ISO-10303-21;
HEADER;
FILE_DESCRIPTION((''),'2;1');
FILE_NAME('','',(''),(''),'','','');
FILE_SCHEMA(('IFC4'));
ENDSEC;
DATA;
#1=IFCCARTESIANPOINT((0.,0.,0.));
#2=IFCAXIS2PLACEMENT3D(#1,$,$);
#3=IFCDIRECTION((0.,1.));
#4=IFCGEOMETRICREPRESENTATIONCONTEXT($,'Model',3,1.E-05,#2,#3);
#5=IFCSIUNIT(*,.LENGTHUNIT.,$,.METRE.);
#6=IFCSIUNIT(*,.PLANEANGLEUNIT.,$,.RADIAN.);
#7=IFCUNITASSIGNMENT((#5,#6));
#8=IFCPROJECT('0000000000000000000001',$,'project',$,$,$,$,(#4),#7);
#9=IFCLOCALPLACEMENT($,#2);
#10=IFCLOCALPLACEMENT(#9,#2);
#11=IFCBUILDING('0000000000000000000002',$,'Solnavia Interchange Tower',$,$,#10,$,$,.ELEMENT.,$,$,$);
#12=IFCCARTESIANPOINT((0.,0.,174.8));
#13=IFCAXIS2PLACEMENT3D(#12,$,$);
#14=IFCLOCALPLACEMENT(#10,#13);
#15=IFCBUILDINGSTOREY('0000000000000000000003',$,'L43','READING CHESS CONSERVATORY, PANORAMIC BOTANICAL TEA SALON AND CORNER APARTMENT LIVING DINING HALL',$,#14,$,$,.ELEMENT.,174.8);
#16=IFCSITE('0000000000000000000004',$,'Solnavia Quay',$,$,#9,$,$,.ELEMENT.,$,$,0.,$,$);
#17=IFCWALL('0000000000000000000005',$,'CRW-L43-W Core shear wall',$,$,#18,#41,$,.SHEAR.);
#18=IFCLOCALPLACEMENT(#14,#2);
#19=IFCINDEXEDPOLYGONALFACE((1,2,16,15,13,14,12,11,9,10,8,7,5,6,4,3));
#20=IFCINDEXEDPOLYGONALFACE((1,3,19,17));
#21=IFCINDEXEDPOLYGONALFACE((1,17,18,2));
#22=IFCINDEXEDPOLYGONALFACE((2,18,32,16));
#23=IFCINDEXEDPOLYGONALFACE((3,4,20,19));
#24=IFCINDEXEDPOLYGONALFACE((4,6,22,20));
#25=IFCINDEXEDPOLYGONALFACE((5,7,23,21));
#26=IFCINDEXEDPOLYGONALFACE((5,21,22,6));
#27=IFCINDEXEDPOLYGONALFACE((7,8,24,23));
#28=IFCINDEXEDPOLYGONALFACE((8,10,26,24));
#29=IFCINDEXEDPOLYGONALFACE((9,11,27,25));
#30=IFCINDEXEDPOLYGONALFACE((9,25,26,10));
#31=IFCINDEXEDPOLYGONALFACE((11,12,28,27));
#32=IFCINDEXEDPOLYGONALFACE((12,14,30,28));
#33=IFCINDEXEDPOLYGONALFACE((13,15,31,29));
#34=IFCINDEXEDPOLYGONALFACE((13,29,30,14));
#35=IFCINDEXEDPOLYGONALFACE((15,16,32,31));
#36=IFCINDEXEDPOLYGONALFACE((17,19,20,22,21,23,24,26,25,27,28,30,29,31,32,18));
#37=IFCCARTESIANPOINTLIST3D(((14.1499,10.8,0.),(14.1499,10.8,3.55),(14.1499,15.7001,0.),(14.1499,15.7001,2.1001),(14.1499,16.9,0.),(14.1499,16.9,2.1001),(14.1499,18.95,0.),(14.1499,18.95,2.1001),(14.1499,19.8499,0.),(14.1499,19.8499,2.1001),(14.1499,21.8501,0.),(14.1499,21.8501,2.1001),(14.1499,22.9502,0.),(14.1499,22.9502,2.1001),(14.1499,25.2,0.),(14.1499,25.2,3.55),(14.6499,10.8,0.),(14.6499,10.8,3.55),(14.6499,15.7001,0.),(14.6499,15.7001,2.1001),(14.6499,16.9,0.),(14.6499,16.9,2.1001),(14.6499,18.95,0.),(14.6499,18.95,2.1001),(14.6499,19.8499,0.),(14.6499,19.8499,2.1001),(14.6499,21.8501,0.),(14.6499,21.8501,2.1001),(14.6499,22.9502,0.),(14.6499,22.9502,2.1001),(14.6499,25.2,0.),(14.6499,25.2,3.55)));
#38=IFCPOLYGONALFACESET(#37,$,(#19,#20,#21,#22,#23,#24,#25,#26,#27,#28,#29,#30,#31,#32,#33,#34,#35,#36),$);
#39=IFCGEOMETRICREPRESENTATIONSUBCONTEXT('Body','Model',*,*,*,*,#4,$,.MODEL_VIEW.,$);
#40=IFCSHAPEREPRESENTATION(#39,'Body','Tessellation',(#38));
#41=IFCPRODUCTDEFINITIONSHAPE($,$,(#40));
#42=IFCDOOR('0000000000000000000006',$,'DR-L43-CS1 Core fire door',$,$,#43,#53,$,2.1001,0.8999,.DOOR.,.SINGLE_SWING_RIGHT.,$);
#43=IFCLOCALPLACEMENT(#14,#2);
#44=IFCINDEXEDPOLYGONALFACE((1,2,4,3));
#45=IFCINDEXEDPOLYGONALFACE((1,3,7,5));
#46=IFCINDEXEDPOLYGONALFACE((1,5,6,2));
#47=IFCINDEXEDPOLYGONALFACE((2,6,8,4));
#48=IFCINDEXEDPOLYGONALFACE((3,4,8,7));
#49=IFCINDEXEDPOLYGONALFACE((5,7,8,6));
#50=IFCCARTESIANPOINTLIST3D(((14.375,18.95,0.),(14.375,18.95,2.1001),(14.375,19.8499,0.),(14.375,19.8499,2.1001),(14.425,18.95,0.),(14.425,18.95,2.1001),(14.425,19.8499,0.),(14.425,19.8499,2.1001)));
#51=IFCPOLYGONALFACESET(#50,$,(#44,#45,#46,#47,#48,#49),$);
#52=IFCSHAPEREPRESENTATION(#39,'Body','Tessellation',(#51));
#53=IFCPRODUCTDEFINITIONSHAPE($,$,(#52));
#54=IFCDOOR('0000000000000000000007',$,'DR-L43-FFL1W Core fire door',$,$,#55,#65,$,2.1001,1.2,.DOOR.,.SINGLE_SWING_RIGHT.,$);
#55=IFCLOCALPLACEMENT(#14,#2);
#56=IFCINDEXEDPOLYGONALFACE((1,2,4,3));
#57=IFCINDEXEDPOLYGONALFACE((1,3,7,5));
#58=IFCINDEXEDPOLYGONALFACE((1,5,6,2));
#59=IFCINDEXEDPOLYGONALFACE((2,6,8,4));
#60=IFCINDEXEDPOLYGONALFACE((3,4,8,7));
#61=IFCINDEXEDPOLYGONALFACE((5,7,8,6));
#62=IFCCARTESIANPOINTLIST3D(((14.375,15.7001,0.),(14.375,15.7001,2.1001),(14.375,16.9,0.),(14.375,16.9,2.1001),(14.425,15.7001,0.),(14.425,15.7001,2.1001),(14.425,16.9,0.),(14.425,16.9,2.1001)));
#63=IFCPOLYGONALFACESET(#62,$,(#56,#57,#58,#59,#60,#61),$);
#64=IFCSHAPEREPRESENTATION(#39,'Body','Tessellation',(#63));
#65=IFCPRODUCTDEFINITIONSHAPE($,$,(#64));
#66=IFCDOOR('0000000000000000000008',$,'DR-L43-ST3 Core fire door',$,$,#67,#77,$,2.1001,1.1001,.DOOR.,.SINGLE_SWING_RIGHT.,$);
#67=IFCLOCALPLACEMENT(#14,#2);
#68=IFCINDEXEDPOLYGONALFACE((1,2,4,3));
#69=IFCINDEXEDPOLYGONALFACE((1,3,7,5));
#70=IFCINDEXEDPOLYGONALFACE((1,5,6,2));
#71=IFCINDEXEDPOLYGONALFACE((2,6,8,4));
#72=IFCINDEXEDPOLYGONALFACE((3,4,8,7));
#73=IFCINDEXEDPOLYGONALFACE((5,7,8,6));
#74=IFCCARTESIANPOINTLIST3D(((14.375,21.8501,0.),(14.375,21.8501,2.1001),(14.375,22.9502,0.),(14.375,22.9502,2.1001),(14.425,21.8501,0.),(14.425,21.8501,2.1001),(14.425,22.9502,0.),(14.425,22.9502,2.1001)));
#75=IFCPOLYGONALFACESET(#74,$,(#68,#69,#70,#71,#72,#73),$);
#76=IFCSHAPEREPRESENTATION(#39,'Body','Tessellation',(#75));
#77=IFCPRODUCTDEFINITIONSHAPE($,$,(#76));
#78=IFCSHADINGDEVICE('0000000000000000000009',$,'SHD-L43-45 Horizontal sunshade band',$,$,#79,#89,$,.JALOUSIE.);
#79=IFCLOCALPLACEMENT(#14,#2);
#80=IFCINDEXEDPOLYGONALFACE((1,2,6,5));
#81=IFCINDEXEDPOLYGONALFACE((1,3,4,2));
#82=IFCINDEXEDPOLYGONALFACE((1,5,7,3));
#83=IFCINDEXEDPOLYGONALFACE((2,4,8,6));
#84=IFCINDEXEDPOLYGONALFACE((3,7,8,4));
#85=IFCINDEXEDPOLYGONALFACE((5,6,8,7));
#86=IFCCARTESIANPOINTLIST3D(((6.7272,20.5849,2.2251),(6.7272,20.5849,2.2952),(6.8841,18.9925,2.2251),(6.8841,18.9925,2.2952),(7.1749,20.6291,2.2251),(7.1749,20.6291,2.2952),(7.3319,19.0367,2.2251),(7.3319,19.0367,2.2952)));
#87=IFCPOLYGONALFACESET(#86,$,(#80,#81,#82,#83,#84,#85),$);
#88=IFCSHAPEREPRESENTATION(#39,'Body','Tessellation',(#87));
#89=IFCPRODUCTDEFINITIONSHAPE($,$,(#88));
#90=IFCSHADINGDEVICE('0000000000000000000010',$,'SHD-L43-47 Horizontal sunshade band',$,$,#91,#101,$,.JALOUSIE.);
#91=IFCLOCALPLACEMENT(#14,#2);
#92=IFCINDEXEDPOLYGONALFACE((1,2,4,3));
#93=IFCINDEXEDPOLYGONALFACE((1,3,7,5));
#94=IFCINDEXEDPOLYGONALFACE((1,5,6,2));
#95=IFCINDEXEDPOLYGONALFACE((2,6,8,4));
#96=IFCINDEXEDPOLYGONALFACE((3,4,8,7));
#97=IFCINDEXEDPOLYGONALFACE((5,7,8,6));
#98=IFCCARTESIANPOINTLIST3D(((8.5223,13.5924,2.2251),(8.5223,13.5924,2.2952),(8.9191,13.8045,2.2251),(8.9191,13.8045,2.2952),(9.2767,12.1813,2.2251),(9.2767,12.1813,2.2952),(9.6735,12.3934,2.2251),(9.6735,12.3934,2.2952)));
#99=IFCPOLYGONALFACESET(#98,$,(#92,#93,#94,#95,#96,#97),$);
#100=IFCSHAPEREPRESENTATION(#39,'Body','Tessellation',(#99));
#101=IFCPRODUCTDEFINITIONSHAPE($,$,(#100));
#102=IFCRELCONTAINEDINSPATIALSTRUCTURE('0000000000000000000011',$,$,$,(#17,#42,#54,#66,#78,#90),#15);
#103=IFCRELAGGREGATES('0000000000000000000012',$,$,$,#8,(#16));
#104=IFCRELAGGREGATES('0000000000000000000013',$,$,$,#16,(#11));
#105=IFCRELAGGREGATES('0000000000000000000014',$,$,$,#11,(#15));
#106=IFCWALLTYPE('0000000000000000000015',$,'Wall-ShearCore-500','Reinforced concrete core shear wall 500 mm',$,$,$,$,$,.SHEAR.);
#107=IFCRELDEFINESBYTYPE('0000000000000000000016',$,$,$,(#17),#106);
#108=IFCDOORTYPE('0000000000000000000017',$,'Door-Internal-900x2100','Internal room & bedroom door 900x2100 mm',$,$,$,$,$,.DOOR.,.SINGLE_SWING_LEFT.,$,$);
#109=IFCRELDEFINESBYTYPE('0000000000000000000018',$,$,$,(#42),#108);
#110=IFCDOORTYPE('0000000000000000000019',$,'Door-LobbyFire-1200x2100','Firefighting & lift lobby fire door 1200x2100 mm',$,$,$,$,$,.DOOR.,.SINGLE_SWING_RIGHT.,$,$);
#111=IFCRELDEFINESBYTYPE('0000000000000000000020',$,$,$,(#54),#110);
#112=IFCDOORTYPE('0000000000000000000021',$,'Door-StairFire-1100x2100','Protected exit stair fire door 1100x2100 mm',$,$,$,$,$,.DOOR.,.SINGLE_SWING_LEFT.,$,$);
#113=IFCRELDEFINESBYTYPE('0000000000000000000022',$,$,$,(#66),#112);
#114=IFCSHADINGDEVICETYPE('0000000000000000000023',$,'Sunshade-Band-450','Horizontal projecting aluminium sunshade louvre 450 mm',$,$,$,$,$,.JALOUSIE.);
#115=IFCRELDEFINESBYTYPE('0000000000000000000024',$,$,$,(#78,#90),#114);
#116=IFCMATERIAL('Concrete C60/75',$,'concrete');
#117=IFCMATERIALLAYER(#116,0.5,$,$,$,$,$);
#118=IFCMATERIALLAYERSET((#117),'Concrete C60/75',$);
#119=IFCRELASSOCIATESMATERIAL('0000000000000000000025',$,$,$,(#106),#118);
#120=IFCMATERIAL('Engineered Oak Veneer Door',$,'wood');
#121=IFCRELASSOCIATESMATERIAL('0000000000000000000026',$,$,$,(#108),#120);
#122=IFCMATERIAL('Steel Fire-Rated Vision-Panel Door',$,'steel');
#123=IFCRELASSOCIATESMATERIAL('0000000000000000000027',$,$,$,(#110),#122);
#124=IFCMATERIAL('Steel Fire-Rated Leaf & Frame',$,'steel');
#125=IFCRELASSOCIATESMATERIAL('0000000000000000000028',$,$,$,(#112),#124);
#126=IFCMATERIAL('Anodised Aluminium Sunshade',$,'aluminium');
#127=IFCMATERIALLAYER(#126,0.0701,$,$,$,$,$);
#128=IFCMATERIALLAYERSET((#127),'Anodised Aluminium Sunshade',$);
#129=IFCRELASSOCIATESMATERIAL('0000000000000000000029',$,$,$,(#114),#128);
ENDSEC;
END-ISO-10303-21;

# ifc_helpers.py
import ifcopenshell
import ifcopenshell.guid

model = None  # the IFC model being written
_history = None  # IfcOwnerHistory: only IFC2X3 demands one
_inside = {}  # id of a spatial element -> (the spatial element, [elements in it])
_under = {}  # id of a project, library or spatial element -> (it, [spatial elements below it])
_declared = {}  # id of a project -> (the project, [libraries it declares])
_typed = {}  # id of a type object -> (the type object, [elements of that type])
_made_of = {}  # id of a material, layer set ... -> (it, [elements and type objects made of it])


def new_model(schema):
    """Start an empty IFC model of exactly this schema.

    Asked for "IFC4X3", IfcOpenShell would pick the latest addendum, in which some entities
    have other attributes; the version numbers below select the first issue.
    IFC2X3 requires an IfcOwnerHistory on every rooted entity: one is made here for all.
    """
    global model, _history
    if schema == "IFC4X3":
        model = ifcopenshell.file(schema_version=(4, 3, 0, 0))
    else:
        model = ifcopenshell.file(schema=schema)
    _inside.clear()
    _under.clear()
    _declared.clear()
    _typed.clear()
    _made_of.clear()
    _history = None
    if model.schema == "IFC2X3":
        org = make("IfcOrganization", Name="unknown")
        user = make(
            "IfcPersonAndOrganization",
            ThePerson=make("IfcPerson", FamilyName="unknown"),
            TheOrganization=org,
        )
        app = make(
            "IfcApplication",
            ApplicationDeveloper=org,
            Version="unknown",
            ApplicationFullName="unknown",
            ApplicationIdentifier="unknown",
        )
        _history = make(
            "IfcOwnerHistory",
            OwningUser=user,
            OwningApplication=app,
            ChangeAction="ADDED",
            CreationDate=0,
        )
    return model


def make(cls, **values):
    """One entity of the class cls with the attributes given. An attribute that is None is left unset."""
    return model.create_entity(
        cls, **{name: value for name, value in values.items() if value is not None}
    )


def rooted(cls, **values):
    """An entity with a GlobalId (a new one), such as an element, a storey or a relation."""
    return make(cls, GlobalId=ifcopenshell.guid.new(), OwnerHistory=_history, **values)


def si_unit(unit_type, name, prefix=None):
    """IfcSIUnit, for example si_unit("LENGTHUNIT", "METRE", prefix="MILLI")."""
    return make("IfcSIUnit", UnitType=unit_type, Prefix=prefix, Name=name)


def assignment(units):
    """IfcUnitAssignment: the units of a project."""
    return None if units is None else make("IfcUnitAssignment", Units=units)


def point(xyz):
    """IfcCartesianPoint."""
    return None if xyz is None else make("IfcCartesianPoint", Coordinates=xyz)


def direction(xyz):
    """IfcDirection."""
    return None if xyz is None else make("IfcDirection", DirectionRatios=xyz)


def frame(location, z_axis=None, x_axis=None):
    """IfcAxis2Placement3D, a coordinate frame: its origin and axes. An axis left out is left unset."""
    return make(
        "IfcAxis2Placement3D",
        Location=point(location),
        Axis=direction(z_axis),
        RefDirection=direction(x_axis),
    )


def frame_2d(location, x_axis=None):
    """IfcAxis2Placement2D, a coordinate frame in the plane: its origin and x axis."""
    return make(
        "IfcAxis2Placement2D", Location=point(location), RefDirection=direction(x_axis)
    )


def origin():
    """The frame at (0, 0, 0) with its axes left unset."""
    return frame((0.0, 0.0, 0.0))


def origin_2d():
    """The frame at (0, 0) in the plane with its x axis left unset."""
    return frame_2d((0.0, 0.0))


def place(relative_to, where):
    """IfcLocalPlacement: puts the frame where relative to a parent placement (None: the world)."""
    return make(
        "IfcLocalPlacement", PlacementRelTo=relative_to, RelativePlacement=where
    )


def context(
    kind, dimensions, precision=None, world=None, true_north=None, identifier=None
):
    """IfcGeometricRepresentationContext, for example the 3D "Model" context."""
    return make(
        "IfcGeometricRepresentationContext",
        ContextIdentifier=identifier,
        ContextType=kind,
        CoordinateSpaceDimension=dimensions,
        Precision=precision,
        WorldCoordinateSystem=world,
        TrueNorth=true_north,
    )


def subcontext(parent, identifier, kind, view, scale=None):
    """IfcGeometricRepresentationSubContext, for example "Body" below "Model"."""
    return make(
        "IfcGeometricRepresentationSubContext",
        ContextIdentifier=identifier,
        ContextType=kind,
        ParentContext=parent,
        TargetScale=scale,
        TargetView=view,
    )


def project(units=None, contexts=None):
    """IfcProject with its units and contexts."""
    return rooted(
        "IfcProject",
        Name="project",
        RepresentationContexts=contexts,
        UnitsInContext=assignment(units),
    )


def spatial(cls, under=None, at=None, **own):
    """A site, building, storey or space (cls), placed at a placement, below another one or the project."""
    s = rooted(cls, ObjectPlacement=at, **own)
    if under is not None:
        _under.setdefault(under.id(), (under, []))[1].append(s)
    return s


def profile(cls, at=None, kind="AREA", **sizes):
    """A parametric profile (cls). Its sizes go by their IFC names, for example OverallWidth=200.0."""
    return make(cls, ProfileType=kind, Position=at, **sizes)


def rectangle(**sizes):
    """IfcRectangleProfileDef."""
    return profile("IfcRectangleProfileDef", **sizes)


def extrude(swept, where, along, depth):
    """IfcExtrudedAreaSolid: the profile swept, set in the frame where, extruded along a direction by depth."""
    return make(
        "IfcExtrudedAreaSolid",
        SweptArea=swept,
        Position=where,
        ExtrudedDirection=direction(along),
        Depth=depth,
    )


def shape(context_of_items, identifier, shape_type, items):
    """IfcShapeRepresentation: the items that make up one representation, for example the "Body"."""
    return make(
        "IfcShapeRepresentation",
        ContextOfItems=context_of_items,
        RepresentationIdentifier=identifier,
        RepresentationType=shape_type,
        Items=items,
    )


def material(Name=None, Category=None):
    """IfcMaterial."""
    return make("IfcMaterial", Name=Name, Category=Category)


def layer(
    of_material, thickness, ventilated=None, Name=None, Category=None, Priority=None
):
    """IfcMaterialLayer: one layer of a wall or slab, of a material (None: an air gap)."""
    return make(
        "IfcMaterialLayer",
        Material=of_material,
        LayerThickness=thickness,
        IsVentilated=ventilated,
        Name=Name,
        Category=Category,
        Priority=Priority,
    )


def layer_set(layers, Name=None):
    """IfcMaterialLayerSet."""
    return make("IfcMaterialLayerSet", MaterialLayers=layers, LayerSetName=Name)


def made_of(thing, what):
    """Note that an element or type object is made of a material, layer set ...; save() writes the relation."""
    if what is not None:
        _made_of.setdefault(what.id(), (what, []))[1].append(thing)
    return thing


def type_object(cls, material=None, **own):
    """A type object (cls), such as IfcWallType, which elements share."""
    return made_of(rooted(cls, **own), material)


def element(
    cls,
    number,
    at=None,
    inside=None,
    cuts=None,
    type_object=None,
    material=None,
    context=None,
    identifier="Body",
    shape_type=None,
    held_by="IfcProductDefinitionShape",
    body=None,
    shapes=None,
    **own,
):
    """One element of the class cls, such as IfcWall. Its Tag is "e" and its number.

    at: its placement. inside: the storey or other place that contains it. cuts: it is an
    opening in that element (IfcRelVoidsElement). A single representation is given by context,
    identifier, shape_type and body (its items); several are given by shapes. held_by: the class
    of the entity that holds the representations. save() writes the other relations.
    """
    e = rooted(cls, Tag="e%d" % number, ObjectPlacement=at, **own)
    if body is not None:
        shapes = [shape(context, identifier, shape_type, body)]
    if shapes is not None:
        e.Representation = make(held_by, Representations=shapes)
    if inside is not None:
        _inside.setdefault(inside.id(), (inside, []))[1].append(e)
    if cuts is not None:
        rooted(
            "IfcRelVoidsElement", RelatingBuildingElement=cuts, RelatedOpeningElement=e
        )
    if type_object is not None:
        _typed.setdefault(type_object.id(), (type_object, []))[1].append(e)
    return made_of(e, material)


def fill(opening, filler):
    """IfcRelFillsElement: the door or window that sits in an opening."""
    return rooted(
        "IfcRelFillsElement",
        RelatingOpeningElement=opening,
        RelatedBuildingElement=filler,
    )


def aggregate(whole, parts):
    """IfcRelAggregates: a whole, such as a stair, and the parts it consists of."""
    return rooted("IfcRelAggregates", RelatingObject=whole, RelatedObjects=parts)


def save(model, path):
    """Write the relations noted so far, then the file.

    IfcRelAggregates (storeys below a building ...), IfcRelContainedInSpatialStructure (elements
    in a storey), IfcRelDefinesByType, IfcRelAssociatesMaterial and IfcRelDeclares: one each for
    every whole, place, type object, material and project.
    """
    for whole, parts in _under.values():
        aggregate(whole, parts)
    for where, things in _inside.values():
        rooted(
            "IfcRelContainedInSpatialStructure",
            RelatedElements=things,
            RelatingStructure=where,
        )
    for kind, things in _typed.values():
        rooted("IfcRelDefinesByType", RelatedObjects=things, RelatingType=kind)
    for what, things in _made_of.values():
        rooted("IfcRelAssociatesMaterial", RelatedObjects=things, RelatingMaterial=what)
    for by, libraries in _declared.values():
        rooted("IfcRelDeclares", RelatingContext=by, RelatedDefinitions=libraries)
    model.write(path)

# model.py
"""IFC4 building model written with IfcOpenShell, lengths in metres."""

from ifc_helpers import new_model, si_unit, direction, frame, frame_2d, origin, origin_2d, place, context, subcontext, project, spatial, rectangle, extrude, material, layer, layer_set, type_object, element, fill, save


model = new_model("IFC4")

# Units and contexts
model_context = context("Model", 3, precision=1e-05, world=origin(), true_north=direction((0.0, 1.0)))
body_context = subcontext(model_context, "Body", "Model", "MODEL_VIEW")
ifc_project = project(units=[si_unit("LENGTHUNIT", "METRE"), si_unit("PLANEANGLEUNIT", "RADIAN")], contexts=[model_context])

# Site, building, storey
site_placement = place(None, origin())
site = spatial("IfcSite", under=ifc_project, at=site_placement, Name="Solnavia Quay", CompositionType="ELEMENT", RefElevation=0.0)
building_placement = place(site_placement, origin())
building = spatial("IfcBuilding", under=site, at=building_placement, Name="Solnavia Interchange Tower", CompositionType="ELEMENT")
storey_placement = place(building_placement, frame((0.0, 0.0, 174.8)))
storey = spatial("IfcBuildingStorey", under=building, at=storey_placement, Name="L43", Description="READING CHESS CONSERVATORY, PANORAMIC BOTANICAL TEA SALON AND CORNER APARTMENT LIVING DINING HALL", CompositionType="ELEMENT", Elevation=174.8)

# Wall, openings, doors
ifc_material_1 = material(Name="Concrete C60/75", Category="concrete")
ifc_layer_1 = layer(ifc_material_1, 0.5)
ifc_layer_set_1 = layer_set([ifc_layer_1], Name="Concrete C60/75")
wall_type_1 = type_object("IfcWallType", Name="Wall-ShearCore-500", Description="Reinforced concrete core shear wall 500 mm", PredefinedType="SHEAR", material=ifc_layer_set_1)
wall_1_placement = place(storey_placement, frame((14.3999, 10.8, 0.0), z_axis=(0.0, 0.0, 1.0), x_axis=(0.0, 1.0, 0.0)))
wall_1 = element("IfcWall", 1, at=wall_1_placement, inside=storey, type_object=wall_type_1, Name="CRW-L43-W Core shear wall", PredefinedType="SHEAR", context=body_context, shape_type="SweptSolid", body=[
    extrude(rectangle(XDim=14.3999, YDim=0.5, at=frame_2d((7.2, 0.0))), origin(), (0.0, 0.0, 1.0), 3.55),
])
opening_1_placement = place(wall_1_placement, frame((11.05, 0.0, 0.0)))
opening_1 = element("IfcOpeningElement", 2, at=opening_1_placement, cuts=wall_1, PredefinedType="OPENING", context=body_context, shape_type="SweptSolid", body=[
    extrude(rectangle(XDim=1.1001, YDim=2.1001, at=frame_2d((0.55, 1.05))), frame((0.0, 0.26, 0.0), z_axis=(0.0, -1.0, 0.0), x_axis=(1.0, 0.0, 0.0)), (0.0, 0.0, 1.0), 0.52),
])
opening_2_placement = place(wall_1_placement, frame((4.8999, 0.0, 0.0)))
opening_2 = element("IfcOpeningElement", 3, at=opening_2_placement, cuts=wall_1, PredefinedType="OPENING", context=body_context, shape_type="SweptSolid", body=[
    extrude(rectangle(XDim=1.2, YDim=2.1001, at=frame_2d((0.6001, 1.05))), frame((0.0, 0.26, 0.0), z_axis=(0.0, -1.0, 0.0), x_axis=(1.0, 0.0, 0.0)), (0.0, 0.0, 1.0), 0.52),
])
opening_3_placement = place(wall_1_placement, frame((8.1499, 0.0, 0.0)))
opening_3 = element("IfcOpeningElement", 4, at=opening_3_placement, cuts=wall_1, PredefinedType="OPENING", context=body_context, shape_type="SweptSolid", body=[
    extrude(rectangle(XDim=0.8999, YDim=2.1001, at=frame_2d((0.45, 1.05))), frame((0.0, 0.26, 0.0), z_axis=(0.0, -1.0, 0.0), x_axis=(1.0, 0.0, 0.0)), (0.0, 0.0, 1.0), 0.52),
])
ifc_material_2 = material(Name="Engineered Oak Veneer Door", Category="wood")
door_type_1 = type_object("IfcDoorType", Name="Door-Internal-900x2100", Description="Internal room & bedroom door 900x2100 mm", OperationType="SINGLE_SWING_LEFT", PredefinedType="DOOR", material=ifc_material_2)
door_1_placement = place(opening_3_placement, origin())
door_1 = element("IfcDoor", 5, at=door_1_placement, inside=storey, type_object=door_type_1, Name="DR-L43-CS1 Core fire door", OperationType="SINGLE_SWING_RIGHT", OverallHeight=2.1001, OverallWidth=0.8999, PredefinedType="DOOR", context=body_context, shape_type="SweptSolid", body=[
    extrude(rectangle(XDim=0.8999, YDim=2.1001, at=frame_2d((0.45, 1.05))), frame((0.0, 0.0249, 0.0), z_axis=(0.0, -1.0, 0.0), x_axis=(1.0, 0.0, 0.0)), (0.0, 0.0, 1.0), 0.05),
])
fill(opening_3, door_1)
ifc_material_3 = material(Name="Steel Fire-Rated Vision-Panel Door", Category="steel")
door_type_2 = type_object("IfcDoorType", Name="Door-LobbyFire-1200x2100", Description="Firefighting & lift lobby fire door 1200x2100 mm", OperationType="SINGLE_SWING_RIGHT", PredefinedType="DOOR", material=ifc_material_3)
door_2_placement = place(opening_2_placement, origin())
door_2 = element("IfcDoor", 6, at=door_2_placement, inside=storey, type_object=door_type_2, Name="DR-L43-FFL1W Core fire door", OperationType="SINGLE_SWING_RIGHT", OverallHeight=2.1001, OverallWidth=1.2, PredefinedType="DOOR", context=body_context, shape_type="SweptSolid", body=[
    extrude(rectangle(XDim=1.2, YDim=2.1001, at=frame_2d((0.6001, 1.05))), frame((0.0, 0.0249, 0.0), z_axis=(0.0, -1.0, 0.0), x_axis=(1.0, 0.0, 0.0)), (0.0, 0.0, 1.0), 0.05),
])
fill(opening_2, door_2)
ifc_material_4 = material(Name="Steel Fire-Rated Leaf & Frame", Category="steel")
door_type_3 = type_object("IfcDoorType", Name="Door-StairFire-1100x2100", Description="Protected exit stair fire door 1100x2100 mm", OperationType="SINGLE_SWING_LEFT", PredefinedType="DOOR", material=ifc_material_4)
door_3_placement = place(opening_1_placement, origin())
door_3 = element("IfcDoor", 7, at=door_3_placement, inside=storey, type_object=door_type_3, Name="DR-L43-ST3 Core fire door", OperationType="SINGLE_SWING_RIGHT", OverallHeight=2.1001, OverallWidth=1.1001, PredefinedType="DOOR", context=body_context, shape_type="SweptSolid", body=[
    extrude(rectangle(XDim=1.1001, YDim=2.1001, at=frame_2d((0.55, 1.05))), frame((0.0, 0.0249, 0.0), z_axis=(0.0, -1.0, 0.0), x_axis=(1.0, 0.0, 0.0)), (0.0, 0.0, 1.0), 0.05),
])
fill(opening_1, door_3)

# Shading devices
ifc_material_5 = material(Name="Anodised Aluminium Sunshade", Category="aluminium")
ifc_layer_2 = layer(ifc_material_5, 0.0701)
ifc_layer_set_2 = layer_set([ifc_layer_2], Name="Anodised Aluminium Sunshade")
shading_device_type = type_object("IfcShadingDeviceType", Name="Sunshade-Band-450", Description="Horizontal projecting aluminium sunshade louvre 450 mm", PredefinedType="JALOUSIE", material=ifc_layer_set_2)
for number, where, z_axis, x_axis, name in (
    (8, (7.0295, 19.8108, 2.2251), (0.0, 0.0, 1.0), (-0.098104, 0.995176, 0.0), "SHD-L43-45 Horizontal sunshade band"),
    (9, (9.0979, 12.9929, 2.2251), (0.0, 0.0, 1.0), (-0.471474, 0.88188, 0.0), "SHD-L43-47 Horizontal sunshade band"),
):
    element("IfcShadingDevice", number, at=place(storey_placement, frame(where, z_axis=z_axis, x_axis=x_axis)), inside=storey, type_object=shading_device_type, Name=name, PredefinedType="JALOUSIE", context=body_context, shape_type="SweptSolid", body=[
        extrude(rectangle(XDim=1.6001, YDim=0.45, at=origin_2d()), origin(), (0.0, 0.0, 1.0), 0.0701),
    ])

save(model, "model.ifc")
